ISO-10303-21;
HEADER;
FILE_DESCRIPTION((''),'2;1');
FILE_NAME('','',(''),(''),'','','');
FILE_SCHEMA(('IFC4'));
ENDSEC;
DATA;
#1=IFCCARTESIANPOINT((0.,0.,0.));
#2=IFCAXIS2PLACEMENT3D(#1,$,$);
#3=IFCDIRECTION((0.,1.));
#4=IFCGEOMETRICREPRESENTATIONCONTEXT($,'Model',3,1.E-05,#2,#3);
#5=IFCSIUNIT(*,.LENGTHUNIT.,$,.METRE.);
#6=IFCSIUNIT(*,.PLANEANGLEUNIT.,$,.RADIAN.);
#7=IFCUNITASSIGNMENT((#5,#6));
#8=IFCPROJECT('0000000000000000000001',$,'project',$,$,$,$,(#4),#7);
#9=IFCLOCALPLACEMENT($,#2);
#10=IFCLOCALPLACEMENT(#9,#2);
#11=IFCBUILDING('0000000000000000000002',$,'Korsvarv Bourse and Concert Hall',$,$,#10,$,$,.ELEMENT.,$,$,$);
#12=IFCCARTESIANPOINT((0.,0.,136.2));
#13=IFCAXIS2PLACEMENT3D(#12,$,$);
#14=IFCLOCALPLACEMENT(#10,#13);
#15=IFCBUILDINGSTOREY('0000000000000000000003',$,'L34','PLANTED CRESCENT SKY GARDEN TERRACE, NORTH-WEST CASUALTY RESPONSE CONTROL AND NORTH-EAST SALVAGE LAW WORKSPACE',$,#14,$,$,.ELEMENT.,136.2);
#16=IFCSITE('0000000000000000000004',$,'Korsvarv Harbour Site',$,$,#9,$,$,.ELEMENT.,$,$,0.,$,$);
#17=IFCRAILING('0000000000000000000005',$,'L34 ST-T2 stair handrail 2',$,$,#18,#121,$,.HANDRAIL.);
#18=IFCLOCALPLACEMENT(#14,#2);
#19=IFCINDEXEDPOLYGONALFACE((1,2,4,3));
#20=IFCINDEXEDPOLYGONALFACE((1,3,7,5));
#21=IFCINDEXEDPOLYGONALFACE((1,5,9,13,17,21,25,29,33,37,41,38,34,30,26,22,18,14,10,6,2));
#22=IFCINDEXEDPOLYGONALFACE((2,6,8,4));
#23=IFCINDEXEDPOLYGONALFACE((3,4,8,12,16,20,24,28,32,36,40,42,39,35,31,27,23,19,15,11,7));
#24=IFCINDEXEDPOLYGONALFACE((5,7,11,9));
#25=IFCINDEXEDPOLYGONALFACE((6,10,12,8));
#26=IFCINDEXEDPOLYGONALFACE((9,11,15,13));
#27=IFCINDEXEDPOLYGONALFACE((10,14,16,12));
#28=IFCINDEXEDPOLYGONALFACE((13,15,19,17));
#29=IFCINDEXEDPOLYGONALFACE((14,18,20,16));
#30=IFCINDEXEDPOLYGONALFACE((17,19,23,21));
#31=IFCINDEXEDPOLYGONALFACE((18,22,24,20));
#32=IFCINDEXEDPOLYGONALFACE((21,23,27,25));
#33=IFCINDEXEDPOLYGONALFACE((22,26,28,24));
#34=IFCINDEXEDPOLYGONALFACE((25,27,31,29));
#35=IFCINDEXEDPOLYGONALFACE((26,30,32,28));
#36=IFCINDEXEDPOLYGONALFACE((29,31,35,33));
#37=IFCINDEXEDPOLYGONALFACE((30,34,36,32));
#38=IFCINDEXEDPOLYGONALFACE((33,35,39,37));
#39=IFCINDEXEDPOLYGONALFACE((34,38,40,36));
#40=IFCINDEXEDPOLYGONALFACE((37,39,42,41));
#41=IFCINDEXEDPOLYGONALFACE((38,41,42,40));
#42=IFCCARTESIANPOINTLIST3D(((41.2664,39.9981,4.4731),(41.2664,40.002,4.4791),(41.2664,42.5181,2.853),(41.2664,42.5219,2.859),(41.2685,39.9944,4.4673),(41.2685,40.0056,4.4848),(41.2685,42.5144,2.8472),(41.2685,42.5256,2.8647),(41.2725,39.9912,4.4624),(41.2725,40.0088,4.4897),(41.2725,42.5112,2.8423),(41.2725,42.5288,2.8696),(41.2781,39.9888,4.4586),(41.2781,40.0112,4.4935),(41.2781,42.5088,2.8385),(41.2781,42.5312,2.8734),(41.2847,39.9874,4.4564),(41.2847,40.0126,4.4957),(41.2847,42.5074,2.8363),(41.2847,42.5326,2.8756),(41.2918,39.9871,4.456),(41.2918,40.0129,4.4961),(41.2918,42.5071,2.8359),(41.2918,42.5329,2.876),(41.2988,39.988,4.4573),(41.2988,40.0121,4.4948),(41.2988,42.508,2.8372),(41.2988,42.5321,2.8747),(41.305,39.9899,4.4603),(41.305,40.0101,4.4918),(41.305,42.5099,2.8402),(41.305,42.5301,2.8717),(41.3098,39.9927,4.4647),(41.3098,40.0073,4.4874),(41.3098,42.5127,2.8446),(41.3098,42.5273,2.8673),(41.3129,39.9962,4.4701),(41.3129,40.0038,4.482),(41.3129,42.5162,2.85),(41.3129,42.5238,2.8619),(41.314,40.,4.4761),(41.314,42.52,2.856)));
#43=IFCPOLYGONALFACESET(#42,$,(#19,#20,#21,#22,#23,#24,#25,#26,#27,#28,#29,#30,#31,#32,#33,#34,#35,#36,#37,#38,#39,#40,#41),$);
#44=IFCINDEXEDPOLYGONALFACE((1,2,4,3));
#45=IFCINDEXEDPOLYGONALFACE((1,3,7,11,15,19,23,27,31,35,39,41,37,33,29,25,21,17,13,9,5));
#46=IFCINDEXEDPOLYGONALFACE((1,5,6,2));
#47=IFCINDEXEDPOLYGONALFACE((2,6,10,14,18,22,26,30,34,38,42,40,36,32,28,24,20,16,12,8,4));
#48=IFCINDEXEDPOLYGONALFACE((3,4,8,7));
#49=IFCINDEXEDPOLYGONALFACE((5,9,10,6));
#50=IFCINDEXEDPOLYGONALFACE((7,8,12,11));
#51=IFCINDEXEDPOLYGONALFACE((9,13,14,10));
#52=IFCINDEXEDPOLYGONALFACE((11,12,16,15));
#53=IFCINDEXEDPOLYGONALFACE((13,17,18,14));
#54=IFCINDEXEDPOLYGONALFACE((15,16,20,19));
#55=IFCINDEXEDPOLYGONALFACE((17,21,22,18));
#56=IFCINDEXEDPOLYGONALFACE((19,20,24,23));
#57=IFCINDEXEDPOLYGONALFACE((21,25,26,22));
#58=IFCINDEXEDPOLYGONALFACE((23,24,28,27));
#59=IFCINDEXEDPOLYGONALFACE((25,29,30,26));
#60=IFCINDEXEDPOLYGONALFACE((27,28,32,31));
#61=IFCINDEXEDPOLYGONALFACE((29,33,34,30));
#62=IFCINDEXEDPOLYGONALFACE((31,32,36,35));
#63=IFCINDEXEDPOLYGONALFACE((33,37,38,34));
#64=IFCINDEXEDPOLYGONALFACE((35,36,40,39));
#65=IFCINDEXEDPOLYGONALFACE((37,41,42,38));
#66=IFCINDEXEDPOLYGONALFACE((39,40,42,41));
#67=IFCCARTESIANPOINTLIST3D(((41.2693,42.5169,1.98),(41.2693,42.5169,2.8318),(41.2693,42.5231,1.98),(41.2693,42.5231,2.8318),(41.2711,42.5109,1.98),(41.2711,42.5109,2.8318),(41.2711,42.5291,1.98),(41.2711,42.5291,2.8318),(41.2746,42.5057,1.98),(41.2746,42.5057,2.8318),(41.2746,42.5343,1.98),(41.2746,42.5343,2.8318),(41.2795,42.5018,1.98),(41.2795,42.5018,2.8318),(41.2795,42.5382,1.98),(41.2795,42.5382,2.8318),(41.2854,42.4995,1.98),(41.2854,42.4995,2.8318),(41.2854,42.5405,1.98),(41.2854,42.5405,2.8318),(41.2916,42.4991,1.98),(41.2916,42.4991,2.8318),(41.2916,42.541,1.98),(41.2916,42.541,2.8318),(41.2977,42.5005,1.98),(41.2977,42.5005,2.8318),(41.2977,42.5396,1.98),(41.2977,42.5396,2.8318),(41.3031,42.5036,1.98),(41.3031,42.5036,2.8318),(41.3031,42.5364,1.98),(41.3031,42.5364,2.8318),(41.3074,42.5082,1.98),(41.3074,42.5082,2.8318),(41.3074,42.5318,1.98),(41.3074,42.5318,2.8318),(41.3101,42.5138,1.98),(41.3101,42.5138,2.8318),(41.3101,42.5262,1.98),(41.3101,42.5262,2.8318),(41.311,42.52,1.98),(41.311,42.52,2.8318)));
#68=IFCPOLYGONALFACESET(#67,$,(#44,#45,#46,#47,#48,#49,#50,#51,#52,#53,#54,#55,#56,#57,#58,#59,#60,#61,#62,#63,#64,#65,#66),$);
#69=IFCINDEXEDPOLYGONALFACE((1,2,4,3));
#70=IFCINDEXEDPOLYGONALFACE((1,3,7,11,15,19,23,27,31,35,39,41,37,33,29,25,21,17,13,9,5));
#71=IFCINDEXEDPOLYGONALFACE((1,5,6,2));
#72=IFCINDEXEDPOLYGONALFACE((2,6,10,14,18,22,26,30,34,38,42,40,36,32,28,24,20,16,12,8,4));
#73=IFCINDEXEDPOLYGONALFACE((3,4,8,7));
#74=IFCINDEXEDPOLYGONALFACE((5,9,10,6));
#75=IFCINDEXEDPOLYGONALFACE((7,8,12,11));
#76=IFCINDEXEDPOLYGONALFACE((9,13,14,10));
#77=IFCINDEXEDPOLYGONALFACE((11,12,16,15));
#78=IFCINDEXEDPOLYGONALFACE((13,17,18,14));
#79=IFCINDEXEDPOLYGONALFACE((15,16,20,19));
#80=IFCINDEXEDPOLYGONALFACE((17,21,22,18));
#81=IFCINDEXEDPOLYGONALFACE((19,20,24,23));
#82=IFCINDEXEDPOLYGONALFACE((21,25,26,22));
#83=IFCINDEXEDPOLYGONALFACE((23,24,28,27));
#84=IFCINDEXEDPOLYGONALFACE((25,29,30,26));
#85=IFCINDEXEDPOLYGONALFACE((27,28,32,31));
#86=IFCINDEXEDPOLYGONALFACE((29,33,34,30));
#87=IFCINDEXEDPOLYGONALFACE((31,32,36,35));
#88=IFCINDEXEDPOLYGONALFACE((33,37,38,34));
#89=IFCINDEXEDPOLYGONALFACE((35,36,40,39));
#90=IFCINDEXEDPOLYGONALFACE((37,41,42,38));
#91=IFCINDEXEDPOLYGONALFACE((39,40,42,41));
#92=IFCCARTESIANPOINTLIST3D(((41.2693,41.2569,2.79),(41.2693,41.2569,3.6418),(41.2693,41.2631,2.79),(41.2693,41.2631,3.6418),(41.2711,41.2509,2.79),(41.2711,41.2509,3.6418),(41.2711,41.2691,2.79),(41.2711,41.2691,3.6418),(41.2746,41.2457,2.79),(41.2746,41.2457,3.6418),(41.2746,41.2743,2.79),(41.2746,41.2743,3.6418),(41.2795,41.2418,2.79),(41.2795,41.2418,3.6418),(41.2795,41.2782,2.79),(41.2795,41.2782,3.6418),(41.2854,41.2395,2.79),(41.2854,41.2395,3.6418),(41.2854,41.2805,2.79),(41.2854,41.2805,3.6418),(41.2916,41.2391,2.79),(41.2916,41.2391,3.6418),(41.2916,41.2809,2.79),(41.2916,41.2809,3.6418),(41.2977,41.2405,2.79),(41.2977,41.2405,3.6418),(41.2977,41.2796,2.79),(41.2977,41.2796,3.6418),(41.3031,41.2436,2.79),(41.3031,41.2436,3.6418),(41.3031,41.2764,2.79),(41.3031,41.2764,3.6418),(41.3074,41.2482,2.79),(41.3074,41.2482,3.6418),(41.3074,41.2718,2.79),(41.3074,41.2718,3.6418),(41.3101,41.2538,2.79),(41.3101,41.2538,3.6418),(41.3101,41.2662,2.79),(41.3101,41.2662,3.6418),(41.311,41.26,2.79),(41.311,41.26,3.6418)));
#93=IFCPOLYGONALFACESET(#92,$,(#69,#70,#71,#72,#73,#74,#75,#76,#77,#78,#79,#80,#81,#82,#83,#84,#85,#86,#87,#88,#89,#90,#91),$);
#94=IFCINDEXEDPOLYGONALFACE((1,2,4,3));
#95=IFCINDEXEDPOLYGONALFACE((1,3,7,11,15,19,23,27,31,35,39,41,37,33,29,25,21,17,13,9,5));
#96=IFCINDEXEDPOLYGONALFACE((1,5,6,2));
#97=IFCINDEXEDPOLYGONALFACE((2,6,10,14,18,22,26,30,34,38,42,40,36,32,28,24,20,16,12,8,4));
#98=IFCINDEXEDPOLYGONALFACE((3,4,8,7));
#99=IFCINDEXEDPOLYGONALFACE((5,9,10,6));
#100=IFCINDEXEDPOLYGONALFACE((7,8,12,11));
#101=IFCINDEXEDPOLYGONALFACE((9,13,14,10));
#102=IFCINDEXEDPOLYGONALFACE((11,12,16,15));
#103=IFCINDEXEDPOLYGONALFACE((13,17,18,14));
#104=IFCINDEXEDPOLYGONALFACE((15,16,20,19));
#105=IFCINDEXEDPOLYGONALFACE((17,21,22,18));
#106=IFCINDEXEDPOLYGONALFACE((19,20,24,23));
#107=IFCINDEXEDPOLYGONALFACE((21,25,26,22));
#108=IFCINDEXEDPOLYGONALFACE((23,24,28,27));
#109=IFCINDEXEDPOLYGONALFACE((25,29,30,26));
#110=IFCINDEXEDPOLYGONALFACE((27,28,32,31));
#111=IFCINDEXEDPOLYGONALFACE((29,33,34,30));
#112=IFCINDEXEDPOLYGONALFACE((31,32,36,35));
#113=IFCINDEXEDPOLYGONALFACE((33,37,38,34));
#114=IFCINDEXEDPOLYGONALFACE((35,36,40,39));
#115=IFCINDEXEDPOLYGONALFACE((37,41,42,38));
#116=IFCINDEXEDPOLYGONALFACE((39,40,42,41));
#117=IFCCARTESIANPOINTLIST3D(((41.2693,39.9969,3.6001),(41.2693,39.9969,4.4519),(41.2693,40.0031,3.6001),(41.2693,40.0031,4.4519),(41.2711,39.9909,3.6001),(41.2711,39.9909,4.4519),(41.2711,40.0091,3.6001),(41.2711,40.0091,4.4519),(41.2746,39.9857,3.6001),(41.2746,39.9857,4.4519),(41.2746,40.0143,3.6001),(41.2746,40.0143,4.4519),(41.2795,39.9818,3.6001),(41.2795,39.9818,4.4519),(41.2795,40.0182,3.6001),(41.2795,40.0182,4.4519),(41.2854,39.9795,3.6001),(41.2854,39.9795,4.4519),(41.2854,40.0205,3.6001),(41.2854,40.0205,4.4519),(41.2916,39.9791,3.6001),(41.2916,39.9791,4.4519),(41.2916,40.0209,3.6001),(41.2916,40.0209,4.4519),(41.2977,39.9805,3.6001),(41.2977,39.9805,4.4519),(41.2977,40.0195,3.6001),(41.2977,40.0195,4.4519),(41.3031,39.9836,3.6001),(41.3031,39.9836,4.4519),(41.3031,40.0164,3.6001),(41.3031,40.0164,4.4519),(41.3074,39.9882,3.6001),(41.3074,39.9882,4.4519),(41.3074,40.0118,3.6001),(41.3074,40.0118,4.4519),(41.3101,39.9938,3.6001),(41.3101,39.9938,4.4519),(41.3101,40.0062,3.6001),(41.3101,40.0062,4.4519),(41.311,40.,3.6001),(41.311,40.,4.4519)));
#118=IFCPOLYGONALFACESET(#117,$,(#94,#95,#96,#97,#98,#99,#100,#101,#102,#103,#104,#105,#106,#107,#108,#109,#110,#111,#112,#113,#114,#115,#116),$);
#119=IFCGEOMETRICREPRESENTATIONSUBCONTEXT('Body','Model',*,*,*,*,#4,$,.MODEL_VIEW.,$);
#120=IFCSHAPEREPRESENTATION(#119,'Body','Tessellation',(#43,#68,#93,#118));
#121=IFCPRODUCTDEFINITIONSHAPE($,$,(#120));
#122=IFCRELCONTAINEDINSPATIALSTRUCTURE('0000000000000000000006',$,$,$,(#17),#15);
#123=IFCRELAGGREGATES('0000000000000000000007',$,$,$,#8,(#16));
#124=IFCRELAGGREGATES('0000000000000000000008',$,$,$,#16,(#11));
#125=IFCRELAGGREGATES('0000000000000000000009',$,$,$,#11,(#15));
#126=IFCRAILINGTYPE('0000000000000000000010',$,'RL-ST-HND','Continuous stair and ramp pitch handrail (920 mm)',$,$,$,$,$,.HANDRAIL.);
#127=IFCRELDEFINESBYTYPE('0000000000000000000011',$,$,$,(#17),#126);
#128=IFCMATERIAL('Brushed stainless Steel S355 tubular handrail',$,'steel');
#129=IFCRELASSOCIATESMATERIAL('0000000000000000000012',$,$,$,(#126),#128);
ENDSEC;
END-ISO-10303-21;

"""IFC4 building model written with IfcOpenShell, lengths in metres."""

from ifc_helpers import new_model, si_unit, direction, frame, origin, origin_2d, place, context, subcontext, project, spatial, circle, extrude, material, type_object, element, save


model = new_model("IFC4")

# Units and contexts
model_context = context("Model", 3, precision=1e-05, world=origin(), true_north=direction((0.0, 1.0)))
body_context = subcontext(model_context, "Body", "Model", "MODEL_VIEW")
ifc_project = project(units=[si_unit("LENGTHUNIT", "METRE"), si_unit("PLANEANGLEUNIT", "RADIAN")], contexts=[model_context])

# Site, building, storey
site_placement = place(None, origin())
site = spatial("IfcSite", under=ifc_project, at=site_placement, Name="Korsvarv Harbour Site", CompositionType="ELEMENT", RefElevation=0.0)
building_placement = place(site_placement, origin())
building = spatial("IfcBuilding", under=site, at=building_placement, Name="Korsvarv Bourse and Concert Hall", CompositionType="ELEMENT")
storey_placement = place(building_placement, frame((0.0, 0.0, 136.2)))
storey = spatial("IfcBuildingStorey", under=building, at=storey_placement, Name="L34", Description="PLANTED CRESCENT SKY GARDEN TERRACE, NORTH-WEST CASUALTY RESPONSE CONTROL AND NORTH-EAST SALVAGE LAW WORKSPACE", CompositionType="ELEMENT", Elevation=136.2)

# Railing
ifc_material_1 = material(Name="Brushed stainless Steel S355 tubular handrail", Category="steel")
railing_type = type_object("IfcRailingType", Name="RL-ST-HND", Description="Continuous stair and ramp pitch handrail (920 mm)", PredefinedType="HANDRAIL", material=ifc_material_1)
railing_placement = place(storey_placement, frame((41.29, 42.52, 1.98)))
element("IfcRailing", 1, at=railing_placement, inside=storey, type_object=railing_type, Name="L34 ST-T2 stair handrail 2", PredefinedType="HANDRAIL", context=body_context, shape_type="SweptSolid", body=[
    extrude(circle(Radius=0.0239, at=origin_2d()), frame((0.0, 0.0, 0.876), z_axis=(0.0, -0.841163, 0.540782), x_axis=(1.0, 0.0, 0.0)), (0.0, 0.0, 1.0), 2.9958),
    extrude(circle(Radius=0.021, at=origin_2d()), origin(), (0.0, 0.0, 1.0), 0.8518),
    extrude(circle(Radius=0.021, at=origin_2d()), frame((0.0, -1.26, 0.8101)), (0.0, 0.0, 1.0), 0.8518),
    extrude(circle(Radius=0.021, at=origin_2d()), frame((0.0, -2.52, 1.6201)), (0.0, 0.0, 1.0), 0.8518),
])

save(model, "model.ifc")
